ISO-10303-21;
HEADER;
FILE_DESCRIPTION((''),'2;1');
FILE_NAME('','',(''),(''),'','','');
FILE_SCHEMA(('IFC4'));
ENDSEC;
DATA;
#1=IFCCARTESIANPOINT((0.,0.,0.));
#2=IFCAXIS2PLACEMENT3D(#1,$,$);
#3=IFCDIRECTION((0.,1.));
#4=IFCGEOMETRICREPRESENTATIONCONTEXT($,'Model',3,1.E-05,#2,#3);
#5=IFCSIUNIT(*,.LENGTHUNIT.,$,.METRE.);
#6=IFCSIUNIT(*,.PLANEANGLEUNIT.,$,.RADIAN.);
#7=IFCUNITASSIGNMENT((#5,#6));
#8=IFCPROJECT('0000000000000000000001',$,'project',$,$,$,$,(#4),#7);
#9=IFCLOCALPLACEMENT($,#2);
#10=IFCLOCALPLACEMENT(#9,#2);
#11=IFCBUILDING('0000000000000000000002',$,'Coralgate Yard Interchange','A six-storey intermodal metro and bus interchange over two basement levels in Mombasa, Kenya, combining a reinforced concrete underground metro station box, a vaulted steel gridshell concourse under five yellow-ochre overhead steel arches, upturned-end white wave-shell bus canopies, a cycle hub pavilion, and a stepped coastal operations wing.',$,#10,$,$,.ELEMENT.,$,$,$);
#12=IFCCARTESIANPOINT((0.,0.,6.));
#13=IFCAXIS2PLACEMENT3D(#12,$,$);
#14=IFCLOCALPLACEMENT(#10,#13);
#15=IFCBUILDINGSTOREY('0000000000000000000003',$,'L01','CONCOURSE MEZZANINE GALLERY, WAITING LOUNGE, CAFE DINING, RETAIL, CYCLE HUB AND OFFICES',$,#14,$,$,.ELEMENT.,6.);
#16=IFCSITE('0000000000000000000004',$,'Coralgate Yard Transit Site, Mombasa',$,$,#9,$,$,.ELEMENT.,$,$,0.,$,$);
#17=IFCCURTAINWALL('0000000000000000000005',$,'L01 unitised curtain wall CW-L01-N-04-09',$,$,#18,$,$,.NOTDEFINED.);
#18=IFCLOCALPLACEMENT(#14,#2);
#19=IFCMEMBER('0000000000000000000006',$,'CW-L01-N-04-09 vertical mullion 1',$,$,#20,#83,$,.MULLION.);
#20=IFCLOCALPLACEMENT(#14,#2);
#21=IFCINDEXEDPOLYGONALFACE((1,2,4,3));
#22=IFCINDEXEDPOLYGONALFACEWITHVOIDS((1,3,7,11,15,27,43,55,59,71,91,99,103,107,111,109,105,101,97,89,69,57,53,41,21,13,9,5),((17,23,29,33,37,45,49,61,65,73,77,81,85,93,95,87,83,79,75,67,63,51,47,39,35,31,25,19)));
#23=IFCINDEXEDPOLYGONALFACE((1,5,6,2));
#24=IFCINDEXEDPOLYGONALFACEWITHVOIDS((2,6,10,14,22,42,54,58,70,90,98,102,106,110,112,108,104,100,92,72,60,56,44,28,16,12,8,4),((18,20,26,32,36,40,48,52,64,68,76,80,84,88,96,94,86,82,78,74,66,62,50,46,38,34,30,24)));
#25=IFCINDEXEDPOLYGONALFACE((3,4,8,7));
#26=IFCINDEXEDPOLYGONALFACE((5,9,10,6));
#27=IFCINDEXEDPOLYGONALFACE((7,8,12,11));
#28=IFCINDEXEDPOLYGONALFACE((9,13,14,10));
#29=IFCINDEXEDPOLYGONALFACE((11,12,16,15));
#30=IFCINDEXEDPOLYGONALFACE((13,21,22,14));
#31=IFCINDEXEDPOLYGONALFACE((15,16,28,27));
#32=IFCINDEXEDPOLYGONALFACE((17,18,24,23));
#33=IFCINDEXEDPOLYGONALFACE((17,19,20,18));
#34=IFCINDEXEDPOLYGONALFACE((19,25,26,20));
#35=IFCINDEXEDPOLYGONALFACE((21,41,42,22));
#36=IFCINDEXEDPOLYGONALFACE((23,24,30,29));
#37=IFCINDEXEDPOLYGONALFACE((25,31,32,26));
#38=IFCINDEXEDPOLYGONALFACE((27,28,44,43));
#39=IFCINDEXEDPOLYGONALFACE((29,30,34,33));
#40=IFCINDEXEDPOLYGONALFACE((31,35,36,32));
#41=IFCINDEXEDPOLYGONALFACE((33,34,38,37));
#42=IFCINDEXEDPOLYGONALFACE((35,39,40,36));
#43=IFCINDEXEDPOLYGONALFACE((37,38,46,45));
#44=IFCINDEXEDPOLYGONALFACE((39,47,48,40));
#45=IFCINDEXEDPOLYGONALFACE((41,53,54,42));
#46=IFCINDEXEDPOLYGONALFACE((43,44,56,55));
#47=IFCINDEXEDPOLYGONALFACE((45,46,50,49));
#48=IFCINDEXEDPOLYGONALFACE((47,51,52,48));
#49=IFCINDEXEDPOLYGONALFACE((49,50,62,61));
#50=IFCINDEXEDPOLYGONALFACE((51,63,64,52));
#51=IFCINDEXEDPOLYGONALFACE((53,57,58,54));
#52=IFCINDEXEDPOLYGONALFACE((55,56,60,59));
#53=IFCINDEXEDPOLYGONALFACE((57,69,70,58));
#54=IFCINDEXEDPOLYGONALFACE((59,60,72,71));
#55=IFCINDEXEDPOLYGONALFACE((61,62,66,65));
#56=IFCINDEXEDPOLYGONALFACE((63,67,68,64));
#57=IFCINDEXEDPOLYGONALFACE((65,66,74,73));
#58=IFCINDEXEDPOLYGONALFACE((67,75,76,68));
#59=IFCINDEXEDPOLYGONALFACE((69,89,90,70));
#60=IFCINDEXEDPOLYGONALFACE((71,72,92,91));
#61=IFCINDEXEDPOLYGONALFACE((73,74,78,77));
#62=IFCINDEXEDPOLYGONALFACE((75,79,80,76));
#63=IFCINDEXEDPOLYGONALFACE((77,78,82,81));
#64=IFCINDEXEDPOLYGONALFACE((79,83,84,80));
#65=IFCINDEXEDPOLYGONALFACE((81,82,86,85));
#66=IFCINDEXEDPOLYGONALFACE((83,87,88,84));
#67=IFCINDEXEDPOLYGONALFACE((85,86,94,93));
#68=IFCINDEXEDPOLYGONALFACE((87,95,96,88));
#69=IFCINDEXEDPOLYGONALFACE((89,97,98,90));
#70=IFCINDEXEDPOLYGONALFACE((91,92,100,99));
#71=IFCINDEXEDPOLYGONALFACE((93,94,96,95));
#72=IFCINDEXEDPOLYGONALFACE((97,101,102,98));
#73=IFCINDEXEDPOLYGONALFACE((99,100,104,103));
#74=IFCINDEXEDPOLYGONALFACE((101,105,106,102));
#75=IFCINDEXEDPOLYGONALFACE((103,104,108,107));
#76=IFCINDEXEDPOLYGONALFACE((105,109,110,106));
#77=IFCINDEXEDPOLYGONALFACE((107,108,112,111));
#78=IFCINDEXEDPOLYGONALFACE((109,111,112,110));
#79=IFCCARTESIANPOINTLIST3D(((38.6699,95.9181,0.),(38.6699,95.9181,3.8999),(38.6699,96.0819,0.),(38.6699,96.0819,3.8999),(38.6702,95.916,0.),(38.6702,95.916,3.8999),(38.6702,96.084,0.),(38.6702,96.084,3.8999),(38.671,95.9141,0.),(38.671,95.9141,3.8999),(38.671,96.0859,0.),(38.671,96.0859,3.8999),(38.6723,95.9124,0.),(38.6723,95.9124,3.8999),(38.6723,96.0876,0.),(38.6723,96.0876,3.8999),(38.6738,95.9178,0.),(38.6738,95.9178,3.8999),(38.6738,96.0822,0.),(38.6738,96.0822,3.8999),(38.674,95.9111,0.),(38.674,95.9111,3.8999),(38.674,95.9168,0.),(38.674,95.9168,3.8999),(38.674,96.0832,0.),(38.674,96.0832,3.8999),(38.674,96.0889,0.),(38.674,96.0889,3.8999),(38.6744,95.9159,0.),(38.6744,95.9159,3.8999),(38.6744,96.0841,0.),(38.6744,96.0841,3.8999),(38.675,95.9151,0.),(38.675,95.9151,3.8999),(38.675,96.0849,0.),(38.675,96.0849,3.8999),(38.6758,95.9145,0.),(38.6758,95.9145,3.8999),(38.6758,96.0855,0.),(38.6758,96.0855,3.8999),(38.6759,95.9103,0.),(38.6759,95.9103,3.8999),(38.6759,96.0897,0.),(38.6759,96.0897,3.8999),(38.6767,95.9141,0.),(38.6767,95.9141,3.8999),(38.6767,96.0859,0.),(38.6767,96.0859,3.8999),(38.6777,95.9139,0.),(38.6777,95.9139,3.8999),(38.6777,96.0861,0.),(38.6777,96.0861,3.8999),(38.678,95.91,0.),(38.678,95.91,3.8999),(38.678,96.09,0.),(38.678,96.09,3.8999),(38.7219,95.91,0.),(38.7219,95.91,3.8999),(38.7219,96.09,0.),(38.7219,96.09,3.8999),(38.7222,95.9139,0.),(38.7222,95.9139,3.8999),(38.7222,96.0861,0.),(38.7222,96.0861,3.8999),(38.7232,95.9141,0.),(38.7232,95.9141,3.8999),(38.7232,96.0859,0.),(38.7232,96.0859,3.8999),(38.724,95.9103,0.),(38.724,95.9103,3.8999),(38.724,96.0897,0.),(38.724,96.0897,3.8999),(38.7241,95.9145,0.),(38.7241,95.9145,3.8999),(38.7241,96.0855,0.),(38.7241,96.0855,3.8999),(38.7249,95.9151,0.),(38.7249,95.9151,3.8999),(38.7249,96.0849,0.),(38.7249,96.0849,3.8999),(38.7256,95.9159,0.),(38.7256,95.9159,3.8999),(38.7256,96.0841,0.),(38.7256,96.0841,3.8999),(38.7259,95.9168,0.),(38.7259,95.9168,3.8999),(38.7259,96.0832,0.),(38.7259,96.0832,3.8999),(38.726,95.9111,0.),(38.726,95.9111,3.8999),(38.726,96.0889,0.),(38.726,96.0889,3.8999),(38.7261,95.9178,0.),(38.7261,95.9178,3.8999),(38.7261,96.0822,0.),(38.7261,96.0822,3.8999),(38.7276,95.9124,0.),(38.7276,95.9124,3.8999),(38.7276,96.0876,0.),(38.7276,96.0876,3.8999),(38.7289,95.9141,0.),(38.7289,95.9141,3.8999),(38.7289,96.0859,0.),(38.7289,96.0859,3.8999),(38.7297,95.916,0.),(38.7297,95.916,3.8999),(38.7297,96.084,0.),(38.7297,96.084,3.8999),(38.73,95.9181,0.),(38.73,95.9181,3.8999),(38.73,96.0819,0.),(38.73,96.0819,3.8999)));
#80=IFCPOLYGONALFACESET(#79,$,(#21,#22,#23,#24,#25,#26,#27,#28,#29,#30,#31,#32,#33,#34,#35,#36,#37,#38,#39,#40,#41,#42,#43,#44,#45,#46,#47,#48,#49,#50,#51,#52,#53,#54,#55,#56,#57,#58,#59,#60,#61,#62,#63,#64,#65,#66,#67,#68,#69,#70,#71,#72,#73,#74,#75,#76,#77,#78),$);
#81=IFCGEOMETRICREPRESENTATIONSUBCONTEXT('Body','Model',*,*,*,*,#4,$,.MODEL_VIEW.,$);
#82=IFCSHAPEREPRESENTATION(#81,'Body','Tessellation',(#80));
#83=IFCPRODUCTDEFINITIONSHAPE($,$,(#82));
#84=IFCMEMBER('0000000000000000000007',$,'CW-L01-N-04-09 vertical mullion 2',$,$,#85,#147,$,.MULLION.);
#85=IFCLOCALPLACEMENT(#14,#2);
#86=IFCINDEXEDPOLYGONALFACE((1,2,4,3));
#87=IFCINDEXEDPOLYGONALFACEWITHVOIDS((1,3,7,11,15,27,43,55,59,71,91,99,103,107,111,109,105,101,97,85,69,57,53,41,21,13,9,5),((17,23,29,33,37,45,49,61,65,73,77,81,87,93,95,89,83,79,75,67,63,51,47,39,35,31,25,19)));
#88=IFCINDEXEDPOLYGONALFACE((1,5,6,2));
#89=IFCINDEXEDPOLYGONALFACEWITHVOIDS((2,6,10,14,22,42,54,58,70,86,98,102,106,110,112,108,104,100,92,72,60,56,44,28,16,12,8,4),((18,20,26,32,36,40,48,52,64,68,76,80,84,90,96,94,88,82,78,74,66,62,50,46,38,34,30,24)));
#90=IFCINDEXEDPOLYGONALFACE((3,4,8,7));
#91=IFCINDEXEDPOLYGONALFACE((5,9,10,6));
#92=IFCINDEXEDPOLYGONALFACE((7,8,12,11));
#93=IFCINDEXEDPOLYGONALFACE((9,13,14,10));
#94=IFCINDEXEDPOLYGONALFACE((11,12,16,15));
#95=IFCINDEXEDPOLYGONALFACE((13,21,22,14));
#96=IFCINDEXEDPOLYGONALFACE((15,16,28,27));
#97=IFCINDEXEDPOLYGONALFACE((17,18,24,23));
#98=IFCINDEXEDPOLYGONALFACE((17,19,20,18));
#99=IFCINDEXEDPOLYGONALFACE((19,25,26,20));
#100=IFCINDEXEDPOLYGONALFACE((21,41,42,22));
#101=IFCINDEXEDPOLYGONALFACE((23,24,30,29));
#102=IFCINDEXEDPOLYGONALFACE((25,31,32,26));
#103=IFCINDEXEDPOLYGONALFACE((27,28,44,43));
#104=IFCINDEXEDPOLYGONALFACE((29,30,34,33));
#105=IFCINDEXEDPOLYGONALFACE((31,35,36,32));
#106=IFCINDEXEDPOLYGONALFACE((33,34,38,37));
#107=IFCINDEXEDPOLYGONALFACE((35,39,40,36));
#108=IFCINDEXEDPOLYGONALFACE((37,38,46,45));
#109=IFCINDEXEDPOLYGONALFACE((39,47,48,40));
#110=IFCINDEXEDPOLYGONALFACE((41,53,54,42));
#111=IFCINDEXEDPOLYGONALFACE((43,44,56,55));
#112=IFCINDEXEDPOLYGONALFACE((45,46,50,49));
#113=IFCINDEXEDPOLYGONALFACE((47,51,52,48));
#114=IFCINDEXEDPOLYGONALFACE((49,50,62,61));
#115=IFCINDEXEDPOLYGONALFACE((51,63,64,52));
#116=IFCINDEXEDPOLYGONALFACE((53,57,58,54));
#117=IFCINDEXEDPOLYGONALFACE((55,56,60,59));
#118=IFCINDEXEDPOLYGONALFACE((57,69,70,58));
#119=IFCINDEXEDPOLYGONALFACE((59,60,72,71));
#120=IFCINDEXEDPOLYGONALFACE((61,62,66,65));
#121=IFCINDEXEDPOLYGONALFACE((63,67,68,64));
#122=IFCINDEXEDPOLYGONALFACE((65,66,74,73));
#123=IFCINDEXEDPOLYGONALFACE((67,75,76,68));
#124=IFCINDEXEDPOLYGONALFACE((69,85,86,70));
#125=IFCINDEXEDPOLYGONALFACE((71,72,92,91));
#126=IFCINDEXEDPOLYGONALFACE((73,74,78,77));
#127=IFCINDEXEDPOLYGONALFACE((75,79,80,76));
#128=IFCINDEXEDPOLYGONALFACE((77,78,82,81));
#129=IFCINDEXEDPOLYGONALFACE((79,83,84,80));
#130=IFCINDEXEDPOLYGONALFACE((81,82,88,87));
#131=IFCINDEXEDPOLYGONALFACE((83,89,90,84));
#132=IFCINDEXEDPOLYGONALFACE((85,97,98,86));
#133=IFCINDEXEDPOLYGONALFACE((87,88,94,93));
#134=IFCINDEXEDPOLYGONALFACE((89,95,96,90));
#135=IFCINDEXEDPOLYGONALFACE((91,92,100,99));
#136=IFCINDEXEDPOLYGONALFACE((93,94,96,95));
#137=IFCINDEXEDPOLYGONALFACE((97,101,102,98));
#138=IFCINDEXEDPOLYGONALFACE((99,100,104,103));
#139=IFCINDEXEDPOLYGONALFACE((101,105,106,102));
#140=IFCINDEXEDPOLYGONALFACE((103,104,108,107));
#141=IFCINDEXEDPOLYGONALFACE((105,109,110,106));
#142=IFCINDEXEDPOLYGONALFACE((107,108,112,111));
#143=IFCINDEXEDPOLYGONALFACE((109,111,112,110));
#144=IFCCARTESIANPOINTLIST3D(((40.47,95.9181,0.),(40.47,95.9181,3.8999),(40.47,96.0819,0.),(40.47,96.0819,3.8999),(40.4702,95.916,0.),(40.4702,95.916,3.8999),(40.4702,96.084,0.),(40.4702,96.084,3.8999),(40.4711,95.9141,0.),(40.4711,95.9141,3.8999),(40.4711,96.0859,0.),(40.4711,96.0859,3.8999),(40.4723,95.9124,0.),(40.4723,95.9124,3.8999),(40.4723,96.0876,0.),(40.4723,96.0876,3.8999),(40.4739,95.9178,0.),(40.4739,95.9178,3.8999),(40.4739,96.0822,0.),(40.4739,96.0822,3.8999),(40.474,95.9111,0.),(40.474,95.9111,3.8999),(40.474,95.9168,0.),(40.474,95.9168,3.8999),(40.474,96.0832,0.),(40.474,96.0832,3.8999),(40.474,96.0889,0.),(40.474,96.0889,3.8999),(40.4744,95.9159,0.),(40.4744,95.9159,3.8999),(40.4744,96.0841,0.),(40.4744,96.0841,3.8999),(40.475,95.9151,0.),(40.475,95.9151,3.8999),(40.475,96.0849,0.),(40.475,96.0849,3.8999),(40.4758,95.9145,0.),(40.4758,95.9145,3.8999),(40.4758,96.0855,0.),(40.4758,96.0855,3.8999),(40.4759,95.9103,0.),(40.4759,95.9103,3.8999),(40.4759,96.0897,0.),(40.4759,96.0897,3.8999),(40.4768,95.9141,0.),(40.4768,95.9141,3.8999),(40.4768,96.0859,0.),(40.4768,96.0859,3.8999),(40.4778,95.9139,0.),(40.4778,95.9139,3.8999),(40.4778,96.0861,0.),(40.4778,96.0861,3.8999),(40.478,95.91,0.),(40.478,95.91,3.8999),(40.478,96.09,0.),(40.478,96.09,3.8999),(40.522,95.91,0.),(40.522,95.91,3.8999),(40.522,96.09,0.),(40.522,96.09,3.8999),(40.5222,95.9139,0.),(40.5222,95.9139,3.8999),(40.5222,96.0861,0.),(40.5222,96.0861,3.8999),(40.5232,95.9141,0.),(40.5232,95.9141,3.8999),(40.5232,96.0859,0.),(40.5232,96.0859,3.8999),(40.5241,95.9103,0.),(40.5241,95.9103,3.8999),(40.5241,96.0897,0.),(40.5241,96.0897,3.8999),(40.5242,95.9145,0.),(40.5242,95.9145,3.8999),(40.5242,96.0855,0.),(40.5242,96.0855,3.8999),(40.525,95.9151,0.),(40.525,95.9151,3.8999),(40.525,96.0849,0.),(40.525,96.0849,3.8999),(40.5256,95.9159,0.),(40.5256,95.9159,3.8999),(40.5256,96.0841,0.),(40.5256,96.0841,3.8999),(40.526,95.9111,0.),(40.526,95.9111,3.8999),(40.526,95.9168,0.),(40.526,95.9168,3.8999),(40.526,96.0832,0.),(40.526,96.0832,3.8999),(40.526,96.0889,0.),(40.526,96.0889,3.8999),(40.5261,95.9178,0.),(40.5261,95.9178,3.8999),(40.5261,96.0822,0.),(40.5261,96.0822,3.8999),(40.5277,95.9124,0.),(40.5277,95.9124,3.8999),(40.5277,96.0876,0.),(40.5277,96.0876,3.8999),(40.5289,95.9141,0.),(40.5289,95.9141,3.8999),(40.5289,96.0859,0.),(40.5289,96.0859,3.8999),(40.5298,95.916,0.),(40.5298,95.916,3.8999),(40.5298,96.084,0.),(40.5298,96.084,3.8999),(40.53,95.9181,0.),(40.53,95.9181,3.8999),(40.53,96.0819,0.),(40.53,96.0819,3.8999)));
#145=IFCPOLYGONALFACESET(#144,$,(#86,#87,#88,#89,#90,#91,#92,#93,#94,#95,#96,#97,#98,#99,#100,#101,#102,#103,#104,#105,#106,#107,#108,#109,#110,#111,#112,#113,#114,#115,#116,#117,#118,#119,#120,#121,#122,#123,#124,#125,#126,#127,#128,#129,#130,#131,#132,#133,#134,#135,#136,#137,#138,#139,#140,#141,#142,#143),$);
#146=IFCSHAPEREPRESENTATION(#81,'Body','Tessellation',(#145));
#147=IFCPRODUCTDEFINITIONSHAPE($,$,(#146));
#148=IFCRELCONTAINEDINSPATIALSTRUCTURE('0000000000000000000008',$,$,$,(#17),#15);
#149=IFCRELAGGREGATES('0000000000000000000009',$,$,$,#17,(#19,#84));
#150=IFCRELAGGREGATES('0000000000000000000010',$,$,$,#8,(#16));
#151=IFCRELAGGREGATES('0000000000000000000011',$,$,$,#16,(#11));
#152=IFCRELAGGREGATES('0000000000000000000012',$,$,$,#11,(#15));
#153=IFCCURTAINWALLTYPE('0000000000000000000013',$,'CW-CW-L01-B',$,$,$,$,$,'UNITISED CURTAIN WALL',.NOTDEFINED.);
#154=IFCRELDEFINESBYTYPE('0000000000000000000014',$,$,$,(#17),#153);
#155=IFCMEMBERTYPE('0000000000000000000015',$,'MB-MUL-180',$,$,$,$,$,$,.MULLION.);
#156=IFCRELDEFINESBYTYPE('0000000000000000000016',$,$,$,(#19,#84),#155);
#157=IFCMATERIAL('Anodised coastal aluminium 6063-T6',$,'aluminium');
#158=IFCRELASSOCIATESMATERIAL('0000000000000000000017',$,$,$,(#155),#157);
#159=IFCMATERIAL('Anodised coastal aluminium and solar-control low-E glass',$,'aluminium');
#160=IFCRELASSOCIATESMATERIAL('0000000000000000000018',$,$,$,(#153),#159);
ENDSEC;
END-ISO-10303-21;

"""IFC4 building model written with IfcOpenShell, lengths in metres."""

from ifc_helpers import new_model, si_unit, direction, frame, origin, origin_2d, place, context, subcontext, project, spatial, hollow_rectangle, extrude, material, material_profile, profile_set, type_object, element, aggregate, save


model = new_model("IFC4")

# Units and contexts
model_context = context("Model", 3, precision=1e-05, world=origin(), true_north=direction((0.0, 1.0)))
body_context = subcontext(model_context, "Body", "Model", "MODEL_VIEW")
ifc_project = project(units=[si_unit("LENGTHUNIT", "METRE"), si_unit("PLANEANGLEUNIT", "RADIAN")], contexts=[model_context])

# Site, building, storey
site_placement = place(None, origin())
site = spatial("IfcSite", under=ifc_project, at=site_placement, Name="Coralgate Yard Transit Site, Mombasa", CompositionType="ELEMENT", RefElevation=0.0)
building_placement = place(site_placement, origin())
building = spatial("IfcBuilding", under=site, at=building_placement, Name="Coralgate Yard Interchange", Description="A six-storey intermodal metro and bus interchange over two basement levels in Mombasa, Kenya, combining a reinforced concrete underground metro station box, a vaulted steel gridshell concourse under five yellow-ochre overhead steel arches, upturned-end white wave-shell bus canopies, a cycle hub pavilion, and a stepped coastal operations wing.", CompositionType="ELEMENT")
storey_placement = place(building_placement, frame((0.0, 0.0, 6.0)))
storey = spatial("IfcBuildingStorey", under=building, at=storey_placement, Name="L01", Description="CONCOURSE MEZZANINE GALLERY, WAITING LOUNGE, CAFE DINING, RETAIL, CYCLE HUB AND OFFICES", CompositionType="ELEMENT", Elevation=6.0)

# Shared definitions
ifc_material_1 = material(Name="Anodised coastal aluminium and solar-control low-E glass", Category="aluminium")
ifc_material_2 = material(Name="Anodised coastal aluminium 6063-T6", Category="aluminium")
ifc_material_profile_1 = material_profile(ifc_material_2, hollow_rectangle(XDim=0.0601, YDim=0.1799, WallThickness=0.0039, InnerFilletRadius=0.0039, OuterFilletRadius=0.0081, at=origin_2d()), Name="ALU 60x180x4")
ifc_profile_set_1 = profile_set([ifc_material_profile_1], Name="Anodised coastal aluminium 6063-T6")
member_type_1 = type_object("IfcMemberType", Name="MB-MUL-180", PredefinedType="MULLION", material=ifc_profile_set_1)

# Curtain wall, members
curtain_wall_type_1 = type_object("IfcCurtainWallType", Name="CW-CW-L01-B", ElementType="UNITISED CURTAIN WALL", PredefinedType="NOTDEFINED", material=ifc_material_1)
curtain_wall_1_placement = place(storey_placement, origin())
curtain_wall_1 = element("IfcCurtainWall", 1, at=curtain_wall_1_placement, inside=storey, type_object=curtain_wall_type_1, Name="L01 unitised curtain wall CW-L01-N-04-09", PredefinedType="NOTDEFINED")
member_1_placement = place(storey_placement, frame((38.7, 96.0, 0.0), z_axis=(0.0, 0.0, 1.0), x_axis=(1.0, 0.0, 0.0)))
member_1 = element("IfcMember", 2, at=member_1_placement, type_object=member_type_1, Name="CW-L01-N-04-09 vertical mullion 1", PredefinedType="MULLION", context=body_context, shape_type="SweptSolid", body=[
    extrude(hollow_rectangle(XDim=0.0601, YDim=0.1799, WallThickness=0.0039, InnerFilletRadius=0.0039, OuterFilletRadius=0.0081, at=origin_2d()), origin(), (0.0, 0.0, 1.0), 3.8999),
])
member_2_placement = place(storey_placement, frame((40.5, 96.0, 0.0), z_axis=(0.0, 0.0, 1.0), x_axis=(1.0, 0.0, 0.0)))
member_2 = element("IfcMember", 3, at=member_2_placement, type_object=member_type_1, Name="CW-L01-N-04-09 vertical mullion 2", PredefinedType="MULLION", context=body_context, shape_type="SweptSolid", body=[
    extrude(hollow_rectangle(XDim=0.0601, YDim=0.1799, WallThickness=0.0039, InnerFilletRadius=0.0039, OuterFilletRadius=0.0081, at=origin_2d()), origin(), (0.0, 0.0, 1.0), 3.8999),
])

aggregate(curtain_wall_1, [member_1, member_2])

save(model, "model.ifc")
